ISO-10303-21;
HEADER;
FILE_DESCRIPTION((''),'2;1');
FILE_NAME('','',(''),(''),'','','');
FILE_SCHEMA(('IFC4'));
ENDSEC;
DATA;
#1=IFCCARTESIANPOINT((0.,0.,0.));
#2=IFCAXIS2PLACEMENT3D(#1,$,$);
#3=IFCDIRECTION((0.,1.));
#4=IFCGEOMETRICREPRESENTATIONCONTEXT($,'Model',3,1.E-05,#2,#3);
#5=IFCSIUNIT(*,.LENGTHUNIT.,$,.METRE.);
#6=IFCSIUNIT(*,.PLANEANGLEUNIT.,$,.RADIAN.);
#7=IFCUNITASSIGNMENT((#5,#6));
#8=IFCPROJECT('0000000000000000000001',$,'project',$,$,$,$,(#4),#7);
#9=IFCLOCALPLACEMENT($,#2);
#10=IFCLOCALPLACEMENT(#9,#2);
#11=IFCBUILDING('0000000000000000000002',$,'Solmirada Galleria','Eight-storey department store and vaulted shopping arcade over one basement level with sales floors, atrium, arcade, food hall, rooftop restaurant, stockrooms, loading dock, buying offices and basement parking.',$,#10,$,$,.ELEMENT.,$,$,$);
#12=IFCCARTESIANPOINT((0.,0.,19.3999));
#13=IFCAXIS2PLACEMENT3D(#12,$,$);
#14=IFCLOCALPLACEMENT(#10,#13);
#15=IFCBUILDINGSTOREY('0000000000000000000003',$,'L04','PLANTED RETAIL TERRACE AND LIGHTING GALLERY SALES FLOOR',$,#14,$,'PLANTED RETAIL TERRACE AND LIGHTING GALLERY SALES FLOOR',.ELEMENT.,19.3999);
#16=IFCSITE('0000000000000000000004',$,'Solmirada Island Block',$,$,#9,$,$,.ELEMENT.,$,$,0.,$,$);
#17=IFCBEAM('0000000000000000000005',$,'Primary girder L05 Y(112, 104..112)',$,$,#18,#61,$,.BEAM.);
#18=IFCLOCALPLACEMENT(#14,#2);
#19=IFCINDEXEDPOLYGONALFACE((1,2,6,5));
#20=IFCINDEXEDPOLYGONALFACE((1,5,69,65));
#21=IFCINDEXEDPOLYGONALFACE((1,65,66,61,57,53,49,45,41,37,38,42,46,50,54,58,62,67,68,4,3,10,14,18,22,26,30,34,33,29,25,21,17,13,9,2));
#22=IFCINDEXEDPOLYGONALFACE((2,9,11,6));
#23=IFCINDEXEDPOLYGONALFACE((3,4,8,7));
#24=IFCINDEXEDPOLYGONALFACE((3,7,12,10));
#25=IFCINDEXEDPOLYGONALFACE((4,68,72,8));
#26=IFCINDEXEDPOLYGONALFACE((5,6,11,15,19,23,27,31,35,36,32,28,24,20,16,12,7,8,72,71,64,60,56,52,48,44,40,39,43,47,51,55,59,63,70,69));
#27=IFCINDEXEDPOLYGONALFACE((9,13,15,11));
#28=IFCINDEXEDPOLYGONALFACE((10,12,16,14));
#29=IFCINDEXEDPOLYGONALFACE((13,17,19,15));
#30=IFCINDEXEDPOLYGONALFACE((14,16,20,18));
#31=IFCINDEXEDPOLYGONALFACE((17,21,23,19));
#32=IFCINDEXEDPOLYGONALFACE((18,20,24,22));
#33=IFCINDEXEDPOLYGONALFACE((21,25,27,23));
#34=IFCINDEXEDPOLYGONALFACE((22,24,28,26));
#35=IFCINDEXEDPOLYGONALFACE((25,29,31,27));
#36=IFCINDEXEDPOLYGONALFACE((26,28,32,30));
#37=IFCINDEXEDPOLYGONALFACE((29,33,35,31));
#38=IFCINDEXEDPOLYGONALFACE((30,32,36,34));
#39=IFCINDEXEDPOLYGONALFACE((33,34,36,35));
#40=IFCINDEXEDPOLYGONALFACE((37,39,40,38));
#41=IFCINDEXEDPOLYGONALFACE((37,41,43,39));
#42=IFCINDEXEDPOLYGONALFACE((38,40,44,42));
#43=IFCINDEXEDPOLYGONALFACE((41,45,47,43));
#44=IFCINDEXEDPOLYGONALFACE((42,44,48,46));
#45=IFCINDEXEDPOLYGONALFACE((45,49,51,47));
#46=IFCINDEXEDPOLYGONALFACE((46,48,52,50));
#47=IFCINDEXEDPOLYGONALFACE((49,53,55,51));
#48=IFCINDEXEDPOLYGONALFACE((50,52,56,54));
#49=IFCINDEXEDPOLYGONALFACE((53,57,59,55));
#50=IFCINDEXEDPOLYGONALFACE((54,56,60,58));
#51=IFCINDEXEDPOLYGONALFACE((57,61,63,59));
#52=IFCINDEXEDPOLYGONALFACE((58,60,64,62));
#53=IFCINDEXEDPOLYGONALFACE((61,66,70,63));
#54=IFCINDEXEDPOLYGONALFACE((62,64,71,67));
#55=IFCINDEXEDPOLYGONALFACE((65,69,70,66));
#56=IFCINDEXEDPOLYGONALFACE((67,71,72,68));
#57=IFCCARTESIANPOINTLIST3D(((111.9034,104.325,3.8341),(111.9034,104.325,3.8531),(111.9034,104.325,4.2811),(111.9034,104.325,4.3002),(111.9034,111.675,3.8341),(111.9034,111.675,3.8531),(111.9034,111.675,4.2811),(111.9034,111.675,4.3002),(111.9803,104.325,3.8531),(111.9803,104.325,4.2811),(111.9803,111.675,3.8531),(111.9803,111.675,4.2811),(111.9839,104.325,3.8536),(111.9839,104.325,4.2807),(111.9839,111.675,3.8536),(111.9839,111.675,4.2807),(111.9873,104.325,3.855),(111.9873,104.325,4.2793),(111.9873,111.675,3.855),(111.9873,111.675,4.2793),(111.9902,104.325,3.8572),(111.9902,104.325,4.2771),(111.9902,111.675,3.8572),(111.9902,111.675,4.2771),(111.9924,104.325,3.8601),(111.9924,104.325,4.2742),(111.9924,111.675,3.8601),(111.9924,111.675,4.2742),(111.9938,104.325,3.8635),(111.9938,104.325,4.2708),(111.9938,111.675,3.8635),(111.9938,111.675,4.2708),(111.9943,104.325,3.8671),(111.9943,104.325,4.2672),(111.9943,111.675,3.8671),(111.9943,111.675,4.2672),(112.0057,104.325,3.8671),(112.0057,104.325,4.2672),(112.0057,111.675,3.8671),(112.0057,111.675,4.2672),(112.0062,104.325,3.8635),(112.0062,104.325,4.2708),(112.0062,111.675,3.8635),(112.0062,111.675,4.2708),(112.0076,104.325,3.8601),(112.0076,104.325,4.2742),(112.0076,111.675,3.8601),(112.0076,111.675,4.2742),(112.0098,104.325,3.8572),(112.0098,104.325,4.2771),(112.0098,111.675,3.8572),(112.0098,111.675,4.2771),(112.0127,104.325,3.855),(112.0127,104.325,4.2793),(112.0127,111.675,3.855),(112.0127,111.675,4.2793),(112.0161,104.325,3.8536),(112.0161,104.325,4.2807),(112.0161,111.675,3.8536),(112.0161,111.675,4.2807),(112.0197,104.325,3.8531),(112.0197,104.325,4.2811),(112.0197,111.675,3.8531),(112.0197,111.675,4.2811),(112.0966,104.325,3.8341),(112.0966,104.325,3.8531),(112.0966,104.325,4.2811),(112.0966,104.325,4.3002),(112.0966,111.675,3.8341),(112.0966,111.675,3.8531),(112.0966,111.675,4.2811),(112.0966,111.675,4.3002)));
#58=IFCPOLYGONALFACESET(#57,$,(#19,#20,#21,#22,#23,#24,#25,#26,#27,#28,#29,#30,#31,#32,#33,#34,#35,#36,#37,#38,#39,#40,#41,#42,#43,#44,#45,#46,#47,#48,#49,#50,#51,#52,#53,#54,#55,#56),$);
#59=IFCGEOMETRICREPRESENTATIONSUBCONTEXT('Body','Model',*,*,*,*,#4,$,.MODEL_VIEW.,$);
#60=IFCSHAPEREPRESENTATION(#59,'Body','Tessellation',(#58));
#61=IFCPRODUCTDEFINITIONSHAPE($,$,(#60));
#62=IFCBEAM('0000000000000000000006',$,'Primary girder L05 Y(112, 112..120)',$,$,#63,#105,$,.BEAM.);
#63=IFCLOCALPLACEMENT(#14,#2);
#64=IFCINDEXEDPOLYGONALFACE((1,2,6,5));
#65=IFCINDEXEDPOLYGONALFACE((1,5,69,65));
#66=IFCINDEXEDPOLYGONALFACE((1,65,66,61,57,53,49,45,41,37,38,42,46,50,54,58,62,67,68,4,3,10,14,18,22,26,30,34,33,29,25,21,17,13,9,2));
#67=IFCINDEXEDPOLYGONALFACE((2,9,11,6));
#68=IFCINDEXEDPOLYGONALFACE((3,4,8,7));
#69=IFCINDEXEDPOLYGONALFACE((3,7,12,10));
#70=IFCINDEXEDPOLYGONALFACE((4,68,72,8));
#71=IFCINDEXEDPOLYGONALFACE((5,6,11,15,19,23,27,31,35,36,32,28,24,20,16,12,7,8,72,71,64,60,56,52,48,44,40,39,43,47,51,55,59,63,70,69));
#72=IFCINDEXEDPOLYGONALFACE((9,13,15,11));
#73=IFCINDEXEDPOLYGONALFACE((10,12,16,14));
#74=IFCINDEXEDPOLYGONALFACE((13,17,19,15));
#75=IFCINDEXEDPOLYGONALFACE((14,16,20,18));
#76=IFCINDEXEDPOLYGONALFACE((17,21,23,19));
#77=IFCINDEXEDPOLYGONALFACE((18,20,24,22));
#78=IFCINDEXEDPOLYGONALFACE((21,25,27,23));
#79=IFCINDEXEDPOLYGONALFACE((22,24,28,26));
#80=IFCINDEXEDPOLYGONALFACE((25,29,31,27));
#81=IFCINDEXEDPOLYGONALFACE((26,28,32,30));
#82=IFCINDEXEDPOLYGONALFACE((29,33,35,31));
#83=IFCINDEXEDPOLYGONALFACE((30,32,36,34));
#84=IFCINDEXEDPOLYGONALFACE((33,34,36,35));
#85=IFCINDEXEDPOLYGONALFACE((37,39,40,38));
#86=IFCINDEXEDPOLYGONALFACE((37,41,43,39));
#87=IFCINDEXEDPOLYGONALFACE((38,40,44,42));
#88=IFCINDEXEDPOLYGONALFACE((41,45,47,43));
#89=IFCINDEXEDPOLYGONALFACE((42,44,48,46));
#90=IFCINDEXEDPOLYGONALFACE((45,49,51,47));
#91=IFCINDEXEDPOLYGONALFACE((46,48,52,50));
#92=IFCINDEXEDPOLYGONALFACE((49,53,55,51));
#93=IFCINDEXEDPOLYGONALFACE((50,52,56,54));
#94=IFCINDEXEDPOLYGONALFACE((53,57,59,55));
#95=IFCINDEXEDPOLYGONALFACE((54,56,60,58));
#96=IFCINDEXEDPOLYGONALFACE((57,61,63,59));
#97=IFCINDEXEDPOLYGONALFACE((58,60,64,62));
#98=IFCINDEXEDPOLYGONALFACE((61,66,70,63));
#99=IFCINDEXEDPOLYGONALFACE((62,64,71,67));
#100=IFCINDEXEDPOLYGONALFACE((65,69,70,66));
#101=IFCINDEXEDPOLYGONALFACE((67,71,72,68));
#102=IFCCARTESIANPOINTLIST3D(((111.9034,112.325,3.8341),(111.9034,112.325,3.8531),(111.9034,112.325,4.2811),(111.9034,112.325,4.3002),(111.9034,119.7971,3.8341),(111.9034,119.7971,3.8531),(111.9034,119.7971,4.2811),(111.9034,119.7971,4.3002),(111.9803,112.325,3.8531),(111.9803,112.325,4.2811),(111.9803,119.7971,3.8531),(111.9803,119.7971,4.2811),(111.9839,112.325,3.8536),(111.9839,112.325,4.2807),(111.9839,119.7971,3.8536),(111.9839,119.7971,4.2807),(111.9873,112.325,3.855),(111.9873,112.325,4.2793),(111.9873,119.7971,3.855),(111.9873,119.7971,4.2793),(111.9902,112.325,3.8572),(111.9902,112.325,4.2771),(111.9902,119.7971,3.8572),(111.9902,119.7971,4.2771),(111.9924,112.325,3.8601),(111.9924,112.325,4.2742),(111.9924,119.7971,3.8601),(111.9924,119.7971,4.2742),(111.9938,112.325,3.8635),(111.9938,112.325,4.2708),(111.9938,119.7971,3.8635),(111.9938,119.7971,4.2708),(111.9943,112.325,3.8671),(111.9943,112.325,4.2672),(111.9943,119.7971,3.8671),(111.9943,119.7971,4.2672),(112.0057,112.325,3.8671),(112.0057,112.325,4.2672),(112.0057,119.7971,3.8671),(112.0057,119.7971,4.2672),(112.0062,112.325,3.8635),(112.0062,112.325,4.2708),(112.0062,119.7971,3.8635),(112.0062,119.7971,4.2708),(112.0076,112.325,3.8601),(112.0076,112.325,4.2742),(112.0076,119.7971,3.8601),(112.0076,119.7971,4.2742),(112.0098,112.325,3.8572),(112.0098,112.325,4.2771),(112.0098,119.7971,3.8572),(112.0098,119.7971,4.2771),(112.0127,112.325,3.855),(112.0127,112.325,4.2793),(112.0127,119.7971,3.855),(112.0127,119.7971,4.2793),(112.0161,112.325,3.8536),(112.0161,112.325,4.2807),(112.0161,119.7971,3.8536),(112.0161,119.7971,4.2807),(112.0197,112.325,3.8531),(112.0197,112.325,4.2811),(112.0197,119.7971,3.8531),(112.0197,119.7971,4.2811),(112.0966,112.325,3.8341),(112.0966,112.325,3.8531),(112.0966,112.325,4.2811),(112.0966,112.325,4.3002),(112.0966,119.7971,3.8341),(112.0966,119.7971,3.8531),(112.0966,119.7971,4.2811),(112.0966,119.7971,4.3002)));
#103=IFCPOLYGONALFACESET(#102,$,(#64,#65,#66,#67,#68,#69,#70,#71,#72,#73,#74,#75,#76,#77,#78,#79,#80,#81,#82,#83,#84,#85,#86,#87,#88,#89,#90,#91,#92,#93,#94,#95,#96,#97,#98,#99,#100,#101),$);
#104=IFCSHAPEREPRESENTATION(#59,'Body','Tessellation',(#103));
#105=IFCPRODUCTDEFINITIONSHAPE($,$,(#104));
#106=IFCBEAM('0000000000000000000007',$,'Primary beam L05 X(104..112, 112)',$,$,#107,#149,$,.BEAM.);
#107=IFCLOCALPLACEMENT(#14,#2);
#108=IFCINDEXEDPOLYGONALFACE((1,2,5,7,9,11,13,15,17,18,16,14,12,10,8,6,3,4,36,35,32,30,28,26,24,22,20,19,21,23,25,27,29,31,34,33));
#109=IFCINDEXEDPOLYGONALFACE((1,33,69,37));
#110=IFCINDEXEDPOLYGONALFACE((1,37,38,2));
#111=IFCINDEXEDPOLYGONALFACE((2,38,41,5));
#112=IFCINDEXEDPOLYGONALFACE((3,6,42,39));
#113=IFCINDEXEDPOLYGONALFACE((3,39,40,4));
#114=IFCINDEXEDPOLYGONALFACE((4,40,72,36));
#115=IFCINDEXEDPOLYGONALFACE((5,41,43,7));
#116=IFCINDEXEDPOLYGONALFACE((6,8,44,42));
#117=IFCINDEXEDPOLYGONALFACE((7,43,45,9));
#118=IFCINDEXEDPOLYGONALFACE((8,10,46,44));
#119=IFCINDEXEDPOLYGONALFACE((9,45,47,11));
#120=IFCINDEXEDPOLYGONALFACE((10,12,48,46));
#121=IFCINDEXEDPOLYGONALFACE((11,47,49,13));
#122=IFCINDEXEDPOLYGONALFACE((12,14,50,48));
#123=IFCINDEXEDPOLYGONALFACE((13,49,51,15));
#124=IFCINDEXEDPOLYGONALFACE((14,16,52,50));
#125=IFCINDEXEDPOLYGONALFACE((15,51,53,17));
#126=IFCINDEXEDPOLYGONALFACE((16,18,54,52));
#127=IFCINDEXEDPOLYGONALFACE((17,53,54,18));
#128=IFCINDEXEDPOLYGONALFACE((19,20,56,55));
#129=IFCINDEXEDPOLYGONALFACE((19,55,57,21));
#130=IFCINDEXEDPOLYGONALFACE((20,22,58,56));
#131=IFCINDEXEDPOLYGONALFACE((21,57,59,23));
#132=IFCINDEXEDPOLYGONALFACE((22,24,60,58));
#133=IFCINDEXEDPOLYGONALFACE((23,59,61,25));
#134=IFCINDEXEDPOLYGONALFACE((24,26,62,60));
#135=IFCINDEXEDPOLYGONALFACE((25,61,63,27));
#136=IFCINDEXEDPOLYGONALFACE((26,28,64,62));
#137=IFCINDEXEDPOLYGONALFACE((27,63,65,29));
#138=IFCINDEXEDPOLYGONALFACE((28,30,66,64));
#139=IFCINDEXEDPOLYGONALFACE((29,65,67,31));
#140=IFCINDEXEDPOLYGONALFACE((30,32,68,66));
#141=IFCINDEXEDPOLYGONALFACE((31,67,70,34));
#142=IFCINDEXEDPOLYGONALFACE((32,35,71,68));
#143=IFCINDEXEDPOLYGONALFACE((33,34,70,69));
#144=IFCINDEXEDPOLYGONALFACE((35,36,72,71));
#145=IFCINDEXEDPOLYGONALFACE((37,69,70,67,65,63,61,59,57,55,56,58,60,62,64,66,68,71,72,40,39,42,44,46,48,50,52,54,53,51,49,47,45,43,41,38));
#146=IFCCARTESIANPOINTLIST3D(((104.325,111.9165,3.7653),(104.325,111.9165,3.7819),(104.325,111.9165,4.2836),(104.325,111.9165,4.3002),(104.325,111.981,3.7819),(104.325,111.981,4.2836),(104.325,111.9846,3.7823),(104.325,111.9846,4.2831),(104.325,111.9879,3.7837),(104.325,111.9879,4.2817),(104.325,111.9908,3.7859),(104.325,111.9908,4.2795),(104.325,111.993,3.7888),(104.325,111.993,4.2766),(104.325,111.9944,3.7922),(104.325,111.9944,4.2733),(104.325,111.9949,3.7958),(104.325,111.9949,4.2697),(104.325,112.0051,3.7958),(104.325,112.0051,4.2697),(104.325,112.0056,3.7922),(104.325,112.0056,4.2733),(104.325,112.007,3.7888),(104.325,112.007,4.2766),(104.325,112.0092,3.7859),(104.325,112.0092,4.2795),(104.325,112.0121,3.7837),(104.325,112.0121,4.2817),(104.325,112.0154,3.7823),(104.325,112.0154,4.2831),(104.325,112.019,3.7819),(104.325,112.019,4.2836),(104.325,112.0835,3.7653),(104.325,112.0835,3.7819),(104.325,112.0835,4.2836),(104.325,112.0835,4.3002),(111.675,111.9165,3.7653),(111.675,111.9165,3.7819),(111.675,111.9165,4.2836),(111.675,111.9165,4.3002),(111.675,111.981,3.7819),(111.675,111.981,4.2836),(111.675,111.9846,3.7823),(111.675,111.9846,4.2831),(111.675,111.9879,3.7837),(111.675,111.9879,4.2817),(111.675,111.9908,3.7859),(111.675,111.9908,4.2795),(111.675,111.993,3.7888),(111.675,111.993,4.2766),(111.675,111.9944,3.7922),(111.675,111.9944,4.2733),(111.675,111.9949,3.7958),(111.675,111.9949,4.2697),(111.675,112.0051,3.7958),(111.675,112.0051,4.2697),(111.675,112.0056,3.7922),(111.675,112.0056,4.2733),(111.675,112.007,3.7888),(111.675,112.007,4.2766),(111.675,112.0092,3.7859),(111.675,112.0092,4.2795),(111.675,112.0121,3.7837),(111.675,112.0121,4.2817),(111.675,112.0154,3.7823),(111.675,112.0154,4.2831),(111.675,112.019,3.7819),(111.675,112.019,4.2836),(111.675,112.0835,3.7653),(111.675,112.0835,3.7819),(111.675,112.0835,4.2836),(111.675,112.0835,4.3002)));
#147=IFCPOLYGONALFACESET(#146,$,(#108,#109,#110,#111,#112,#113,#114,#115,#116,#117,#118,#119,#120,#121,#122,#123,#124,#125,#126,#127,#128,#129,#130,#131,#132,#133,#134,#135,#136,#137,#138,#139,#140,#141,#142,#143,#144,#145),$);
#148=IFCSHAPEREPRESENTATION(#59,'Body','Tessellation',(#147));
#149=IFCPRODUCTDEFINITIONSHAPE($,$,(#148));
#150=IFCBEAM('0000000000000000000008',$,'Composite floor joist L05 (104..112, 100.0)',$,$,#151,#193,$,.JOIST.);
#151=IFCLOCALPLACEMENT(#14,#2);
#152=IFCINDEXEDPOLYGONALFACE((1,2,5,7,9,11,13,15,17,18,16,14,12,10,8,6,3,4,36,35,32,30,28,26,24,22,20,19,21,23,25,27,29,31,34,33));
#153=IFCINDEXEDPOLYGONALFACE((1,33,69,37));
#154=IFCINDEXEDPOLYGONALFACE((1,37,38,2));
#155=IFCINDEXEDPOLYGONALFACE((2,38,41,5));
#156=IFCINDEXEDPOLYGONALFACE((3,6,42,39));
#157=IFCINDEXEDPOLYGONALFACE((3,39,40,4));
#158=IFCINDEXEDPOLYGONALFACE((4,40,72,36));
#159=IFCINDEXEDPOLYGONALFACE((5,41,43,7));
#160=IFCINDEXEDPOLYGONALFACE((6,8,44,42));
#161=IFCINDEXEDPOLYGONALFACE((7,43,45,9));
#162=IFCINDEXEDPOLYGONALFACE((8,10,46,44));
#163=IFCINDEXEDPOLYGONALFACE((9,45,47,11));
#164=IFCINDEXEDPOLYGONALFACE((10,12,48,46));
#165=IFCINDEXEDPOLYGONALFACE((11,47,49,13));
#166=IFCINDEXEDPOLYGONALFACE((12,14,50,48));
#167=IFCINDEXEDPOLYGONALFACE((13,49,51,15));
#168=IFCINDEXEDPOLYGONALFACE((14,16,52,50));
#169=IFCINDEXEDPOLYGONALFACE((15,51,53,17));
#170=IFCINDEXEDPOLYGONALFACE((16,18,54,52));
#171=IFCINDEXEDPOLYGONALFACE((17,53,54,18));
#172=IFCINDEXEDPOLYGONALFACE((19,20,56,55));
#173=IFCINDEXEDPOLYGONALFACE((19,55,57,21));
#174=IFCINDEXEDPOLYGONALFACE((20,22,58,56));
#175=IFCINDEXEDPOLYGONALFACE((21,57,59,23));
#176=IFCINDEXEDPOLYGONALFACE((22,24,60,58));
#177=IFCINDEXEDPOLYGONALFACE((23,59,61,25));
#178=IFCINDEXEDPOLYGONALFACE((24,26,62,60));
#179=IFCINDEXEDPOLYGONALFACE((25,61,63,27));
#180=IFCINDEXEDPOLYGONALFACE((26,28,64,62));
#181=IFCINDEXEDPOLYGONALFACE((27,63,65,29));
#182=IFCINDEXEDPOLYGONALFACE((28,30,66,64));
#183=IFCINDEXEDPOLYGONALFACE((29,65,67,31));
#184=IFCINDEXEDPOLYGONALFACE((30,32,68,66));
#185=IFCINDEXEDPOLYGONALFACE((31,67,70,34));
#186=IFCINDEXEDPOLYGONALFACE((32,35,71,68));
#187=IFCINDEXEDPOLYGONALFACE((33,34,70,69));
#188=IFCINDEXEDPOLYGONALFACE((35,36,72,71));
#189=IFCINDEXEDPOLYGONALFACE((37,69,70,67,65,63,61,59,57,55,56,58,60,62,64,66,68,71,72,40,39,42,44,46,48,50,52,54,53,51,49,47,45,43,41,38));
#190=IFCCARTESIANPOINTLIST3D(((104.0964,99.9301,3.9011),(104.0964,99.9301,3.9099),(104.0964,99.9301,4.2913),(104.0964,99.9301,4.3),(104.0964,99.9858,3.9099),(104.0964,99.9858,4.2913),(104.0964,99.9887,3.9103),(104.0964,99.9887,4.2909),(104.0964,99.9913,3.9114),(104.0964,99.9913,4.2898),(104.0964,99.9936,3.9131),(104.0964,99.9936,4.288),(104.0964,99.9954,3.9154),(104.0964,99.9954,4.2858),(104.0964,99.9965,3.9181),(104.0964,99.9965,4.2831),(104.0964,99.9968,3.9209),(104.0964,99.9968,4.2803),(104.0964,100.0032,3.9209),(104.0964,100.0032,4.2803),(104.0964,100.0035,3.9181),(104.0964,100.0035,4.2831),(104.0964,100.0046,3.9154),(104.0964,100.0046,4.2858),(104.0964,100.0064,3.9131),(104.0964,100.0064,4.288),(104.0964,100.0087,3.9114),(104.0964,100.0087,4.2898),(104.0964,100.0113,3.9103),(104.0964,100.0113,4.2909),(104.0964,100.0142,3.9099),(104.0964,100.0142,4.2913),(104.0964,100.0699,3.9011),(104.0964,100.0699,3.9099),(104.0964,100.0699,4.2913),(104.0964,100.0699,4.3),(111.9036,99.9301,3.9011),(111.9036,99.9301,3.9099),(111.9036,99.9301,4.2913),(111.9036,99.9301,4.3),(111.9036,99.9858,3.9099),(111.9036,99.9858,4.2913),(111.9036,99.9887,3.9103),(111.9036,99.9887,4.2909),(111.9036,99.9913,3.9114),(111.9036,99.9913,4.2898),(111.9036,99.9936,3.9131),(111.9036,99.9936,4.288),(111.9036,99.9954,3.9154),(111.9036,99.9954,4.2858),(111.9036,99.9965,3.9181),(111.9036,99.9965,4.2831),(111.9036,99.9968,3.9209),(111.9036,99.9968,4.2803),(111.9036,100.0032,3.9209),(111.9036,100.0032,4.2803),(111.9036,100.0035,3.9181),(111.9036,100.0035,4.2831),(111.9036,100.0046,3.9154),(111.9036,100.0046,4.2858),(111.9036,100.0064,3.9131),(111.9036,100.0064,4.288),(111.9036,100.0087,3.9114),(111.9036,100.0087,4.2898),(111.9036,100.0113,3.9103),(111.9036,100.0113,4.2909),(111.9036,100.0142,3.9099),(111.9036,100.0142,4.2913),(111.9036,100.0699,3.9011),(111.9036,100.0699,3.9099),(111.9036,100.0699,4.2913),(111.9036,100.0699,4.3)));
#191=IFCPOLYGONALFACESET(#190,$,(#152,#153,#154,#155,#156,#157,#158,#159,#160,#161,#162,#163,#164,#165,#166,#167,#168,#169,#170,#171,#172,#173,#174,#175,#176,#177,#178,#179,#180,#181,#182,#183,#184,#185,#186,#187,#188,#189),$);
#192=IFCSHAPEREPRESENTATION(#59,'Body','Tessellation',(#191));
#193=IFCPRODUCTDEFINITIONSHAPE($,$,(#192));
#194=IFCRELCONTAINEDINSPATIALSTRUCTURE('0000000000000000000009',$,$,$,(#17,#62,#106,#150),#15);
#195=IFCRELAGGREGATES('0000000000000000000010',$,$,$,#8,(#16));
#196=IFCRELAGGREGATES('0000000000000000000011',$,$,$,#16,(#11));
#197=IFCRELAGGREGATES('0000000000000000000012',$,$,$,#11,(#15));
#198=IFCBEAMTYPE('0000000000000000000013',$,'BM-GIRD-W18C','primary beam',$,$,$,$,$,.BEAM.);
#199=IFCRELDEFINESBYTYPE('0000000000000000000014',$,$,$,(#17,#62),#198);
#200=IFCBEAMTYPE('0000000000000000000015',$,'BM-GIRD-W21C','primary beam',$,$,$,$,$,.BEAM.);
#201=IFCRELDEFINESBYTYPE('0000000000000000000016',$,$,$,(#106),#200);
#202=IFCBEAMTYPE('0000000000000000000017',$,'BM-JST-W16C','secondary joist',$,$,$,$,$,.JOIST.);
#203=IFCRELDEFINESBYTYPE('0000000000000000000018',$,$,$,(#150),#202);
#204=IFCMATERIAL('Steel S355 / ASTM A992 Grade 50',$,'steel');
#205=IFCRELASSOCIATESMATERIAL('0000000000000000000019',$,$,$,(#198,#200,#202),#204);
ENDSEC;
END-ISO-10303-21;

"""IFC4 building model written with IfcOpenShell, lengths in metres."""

from ifc_helpers import new_model, si_unit, direction, frame, origin, origin_2d, place, context, subcontext, project, spatial, i_section, extrude, material, material_profile, profile_set, type_object, element, save


model = new_model("IFC4")

# Units and contexts
model_context = context("Model", 3, precision=1e-05, world=origin(), true_north=direction((0.0, 1.0)))
body_context = subcontext(model_context, "Body", "Model", "MODEL_VIEW")
ifc_project = project(units=[si_unit("LENGTHUNIT", "METRE"), si_unit("PLANEANGLEUNIT", "RADIAN")], contexts=[model_context])

# Site, building, storey
site_placement = place(None, origin())
site = spatial("IfcSite", under=ifc_project, at=site_placement, Name="Solmirada Island Block", CompositionType="ELEMENT", RefElevation=0.0)
building_placement = place(site_placement, origin())
building = spatial("IfcBuilding", under=site, at=building_placement, Name="Solmirada Galleria", Description="Eight-storey department store and vaulted shopping arcade over one basement level with sales floors, atrium, arcade, food hall, rooftop restaurant, stockrooms, loading dock, buying offices and basement parking.", CompositionType="ELEMENT")
storey_placement = place(building_placement, frame((0.0, 0.0, 19.3999)))
storey = spatial("IfcBuildingStorey", under=building, at=storey_placement, Name="L04", Description="PLANTED RETAIL TERRACE AND LIGHTING GALLERY SALES FLOOR", LongName="PLANTED RETAIL TERRACE AND LIGHTING GALLERY SALES FLOOR", CompositionType="ELEMENT", Elevation=19.3999)

# Beams
ifc_material_1 = material(Name="Steel S355 / ASTM A992 Grade 50", Category="steel")
ifc_material_profile_1 = material_profile(ifc_material_1, i_section(OverallWidth=0.1931, OverallDepth=0.4661, WebThickness=0.0115, FlangeThickness=0.019, FilletRadius=0.0139, at=origin_2d()), Name="W18X65")
ifc_profile_set_1 = profile_set([ifc_material_profile_1], Name="Steel S355 / ASTM A992 Grade 50")
beam_type_1 = type_object("IfcBeamType", Name="BM-GIRD-W18C", Description="primary beam", PredefinedType="BEAM", material=ifc_profile_set_1)
for number, where, z_axis, x_axis, name in (
    (1, (112.0, 104.325, 4.0671), (0.0, 1.0, 0.0), (-1.0, 0.0, 0.0), "Primary girder L05 Y(112, 104..112)"),
):
    element("IfcBeam", number, at=place(storey_placement, frame(where, z_axis=z_axis, x_axis=x_axis)), inside=storey, type_object=beam_type_1, Name=name, PredefinedType="BEAM", context=body_context, shape_type="SweptSolid", body=[
        extrude(i_section(OverallWidth=0.1931, OverallDepth=0.4661, WebThickness=0.0115, FlangeThickness=0.019, FilletRadius=0.0139, at=origin_2d()), origin(), (0.0, 0.0, 1.0), 7.3501),
    ])
beam_1_placement = place(storey_placement, frame((112.0, 112.325, 4.0671), z_axis=(0.0, 1.0, 0.0), x_axis=(-1.0, 0.0, 0.0)))
element("IfcBeam", 2, at=beam_1_placement, inside=storey, type_object=beam_type_1, Name="Primary girder L05 Y(112, 112..120)", PredefinedType="BEAM", context=body_context, shape_type="SweptSolid", body=[
    extrude(i_section(OverallWidth=0.1931, OverallDepth=0.4661, WebThickness=0.0115, FlangeThickness=0.019, FilletRadius=0.0139, at=origin_2d()), origin(), (0.0, 0.0, 1.0), 7.4722),
])
ifc_material_profile_2 = material_profile(ifc_material_1, i_section(OverallWidth=0.167, OverallDepth=0.5349, WebThickness=0.0103, FlangeThickness=0.0166, FilletRadius=0.0139, at=origin_2d()), Name="W21X57")
ifc_profile_set_2 = profile_set([ifc_material_profile_2], Name="Steel S355 / ASTM A992 Grade 50")
beam_type_2 = type_object("IfcBeamType", Name="BM-GIRD-W21C", Description="primary beam", PredefinedType="BEAM", material=ifc_profile_set_2)
beam_2_placement = place(storey_placement, frame((104.325, 112.0, 4.0327), z_axis=(1.0, 0.0, 0.0), x_axis=(0.0, 1.0, 0.0)))
element("IfcBeam", 3, at=beam_2_placement, inside=storey, type_object=beam_type_2, Name="Primary beam L05 X(104..112, 112)", PredefinedType="BEAM", context=body_context, shape_type="SweptSolid", body=[
    extrude(i_section(OverallWidth=0.167, OverallDepth=0.5349, WebThickness=0.0103, FlangeThickness=0.0166, FilletRadius=0.0139, at=origin_2d()), origin(), (0.0, 0.0, 1.0), 7.3501),
])
ifc_material_profile_3 = material_profile(ifc_material_1, i_section(OverallWidth=0.1399, OverallDepth=0.3989, WebThickness=0.0063, FlangeThickness=0.0088, FilletRadius=0.011, at=origin_2d()), Name="W16X26")
ifc_profile_set_3 = profile_set([ifc_material_profile_3], Name="Steel S355 / ASTM A992 Grade 50")
beam_type_3 = type_object("IfcBeamType", Name="BM-JST-W16C", Description="secondary joist", PredefinedType="JOIST", material=ifc_profile_set_3)
for number, where, z_axis, x_axis, name in (
    (4, (104.0964, 100.0, 4.1006), (1.0, 0.0, 0.0), (0.0, 1.0, 0.0), "Composite floor joist L05 (104..112, 100.0)"),
):
    element("IfcBeam", number, at=place(storey_placement, frame(where, z_axis=z_axis, x_axis=x_axis)), inside=storey, type_object=beam_type_3, Name=name, PredefinedType="JOIST", context=body_context, shape_type="SweptSolid", body=[
        extrude(i_section(OverallWidth=0.1399, OverallDepth=0.3989, WebThickness=0.0063, FlangeThickness=0.0088, FilletRadius=0.011, at=origin_2d()), origin(), (0.0, 0.0, 1.0), 7.8071),
    ])

save(model, "model.ifc")
